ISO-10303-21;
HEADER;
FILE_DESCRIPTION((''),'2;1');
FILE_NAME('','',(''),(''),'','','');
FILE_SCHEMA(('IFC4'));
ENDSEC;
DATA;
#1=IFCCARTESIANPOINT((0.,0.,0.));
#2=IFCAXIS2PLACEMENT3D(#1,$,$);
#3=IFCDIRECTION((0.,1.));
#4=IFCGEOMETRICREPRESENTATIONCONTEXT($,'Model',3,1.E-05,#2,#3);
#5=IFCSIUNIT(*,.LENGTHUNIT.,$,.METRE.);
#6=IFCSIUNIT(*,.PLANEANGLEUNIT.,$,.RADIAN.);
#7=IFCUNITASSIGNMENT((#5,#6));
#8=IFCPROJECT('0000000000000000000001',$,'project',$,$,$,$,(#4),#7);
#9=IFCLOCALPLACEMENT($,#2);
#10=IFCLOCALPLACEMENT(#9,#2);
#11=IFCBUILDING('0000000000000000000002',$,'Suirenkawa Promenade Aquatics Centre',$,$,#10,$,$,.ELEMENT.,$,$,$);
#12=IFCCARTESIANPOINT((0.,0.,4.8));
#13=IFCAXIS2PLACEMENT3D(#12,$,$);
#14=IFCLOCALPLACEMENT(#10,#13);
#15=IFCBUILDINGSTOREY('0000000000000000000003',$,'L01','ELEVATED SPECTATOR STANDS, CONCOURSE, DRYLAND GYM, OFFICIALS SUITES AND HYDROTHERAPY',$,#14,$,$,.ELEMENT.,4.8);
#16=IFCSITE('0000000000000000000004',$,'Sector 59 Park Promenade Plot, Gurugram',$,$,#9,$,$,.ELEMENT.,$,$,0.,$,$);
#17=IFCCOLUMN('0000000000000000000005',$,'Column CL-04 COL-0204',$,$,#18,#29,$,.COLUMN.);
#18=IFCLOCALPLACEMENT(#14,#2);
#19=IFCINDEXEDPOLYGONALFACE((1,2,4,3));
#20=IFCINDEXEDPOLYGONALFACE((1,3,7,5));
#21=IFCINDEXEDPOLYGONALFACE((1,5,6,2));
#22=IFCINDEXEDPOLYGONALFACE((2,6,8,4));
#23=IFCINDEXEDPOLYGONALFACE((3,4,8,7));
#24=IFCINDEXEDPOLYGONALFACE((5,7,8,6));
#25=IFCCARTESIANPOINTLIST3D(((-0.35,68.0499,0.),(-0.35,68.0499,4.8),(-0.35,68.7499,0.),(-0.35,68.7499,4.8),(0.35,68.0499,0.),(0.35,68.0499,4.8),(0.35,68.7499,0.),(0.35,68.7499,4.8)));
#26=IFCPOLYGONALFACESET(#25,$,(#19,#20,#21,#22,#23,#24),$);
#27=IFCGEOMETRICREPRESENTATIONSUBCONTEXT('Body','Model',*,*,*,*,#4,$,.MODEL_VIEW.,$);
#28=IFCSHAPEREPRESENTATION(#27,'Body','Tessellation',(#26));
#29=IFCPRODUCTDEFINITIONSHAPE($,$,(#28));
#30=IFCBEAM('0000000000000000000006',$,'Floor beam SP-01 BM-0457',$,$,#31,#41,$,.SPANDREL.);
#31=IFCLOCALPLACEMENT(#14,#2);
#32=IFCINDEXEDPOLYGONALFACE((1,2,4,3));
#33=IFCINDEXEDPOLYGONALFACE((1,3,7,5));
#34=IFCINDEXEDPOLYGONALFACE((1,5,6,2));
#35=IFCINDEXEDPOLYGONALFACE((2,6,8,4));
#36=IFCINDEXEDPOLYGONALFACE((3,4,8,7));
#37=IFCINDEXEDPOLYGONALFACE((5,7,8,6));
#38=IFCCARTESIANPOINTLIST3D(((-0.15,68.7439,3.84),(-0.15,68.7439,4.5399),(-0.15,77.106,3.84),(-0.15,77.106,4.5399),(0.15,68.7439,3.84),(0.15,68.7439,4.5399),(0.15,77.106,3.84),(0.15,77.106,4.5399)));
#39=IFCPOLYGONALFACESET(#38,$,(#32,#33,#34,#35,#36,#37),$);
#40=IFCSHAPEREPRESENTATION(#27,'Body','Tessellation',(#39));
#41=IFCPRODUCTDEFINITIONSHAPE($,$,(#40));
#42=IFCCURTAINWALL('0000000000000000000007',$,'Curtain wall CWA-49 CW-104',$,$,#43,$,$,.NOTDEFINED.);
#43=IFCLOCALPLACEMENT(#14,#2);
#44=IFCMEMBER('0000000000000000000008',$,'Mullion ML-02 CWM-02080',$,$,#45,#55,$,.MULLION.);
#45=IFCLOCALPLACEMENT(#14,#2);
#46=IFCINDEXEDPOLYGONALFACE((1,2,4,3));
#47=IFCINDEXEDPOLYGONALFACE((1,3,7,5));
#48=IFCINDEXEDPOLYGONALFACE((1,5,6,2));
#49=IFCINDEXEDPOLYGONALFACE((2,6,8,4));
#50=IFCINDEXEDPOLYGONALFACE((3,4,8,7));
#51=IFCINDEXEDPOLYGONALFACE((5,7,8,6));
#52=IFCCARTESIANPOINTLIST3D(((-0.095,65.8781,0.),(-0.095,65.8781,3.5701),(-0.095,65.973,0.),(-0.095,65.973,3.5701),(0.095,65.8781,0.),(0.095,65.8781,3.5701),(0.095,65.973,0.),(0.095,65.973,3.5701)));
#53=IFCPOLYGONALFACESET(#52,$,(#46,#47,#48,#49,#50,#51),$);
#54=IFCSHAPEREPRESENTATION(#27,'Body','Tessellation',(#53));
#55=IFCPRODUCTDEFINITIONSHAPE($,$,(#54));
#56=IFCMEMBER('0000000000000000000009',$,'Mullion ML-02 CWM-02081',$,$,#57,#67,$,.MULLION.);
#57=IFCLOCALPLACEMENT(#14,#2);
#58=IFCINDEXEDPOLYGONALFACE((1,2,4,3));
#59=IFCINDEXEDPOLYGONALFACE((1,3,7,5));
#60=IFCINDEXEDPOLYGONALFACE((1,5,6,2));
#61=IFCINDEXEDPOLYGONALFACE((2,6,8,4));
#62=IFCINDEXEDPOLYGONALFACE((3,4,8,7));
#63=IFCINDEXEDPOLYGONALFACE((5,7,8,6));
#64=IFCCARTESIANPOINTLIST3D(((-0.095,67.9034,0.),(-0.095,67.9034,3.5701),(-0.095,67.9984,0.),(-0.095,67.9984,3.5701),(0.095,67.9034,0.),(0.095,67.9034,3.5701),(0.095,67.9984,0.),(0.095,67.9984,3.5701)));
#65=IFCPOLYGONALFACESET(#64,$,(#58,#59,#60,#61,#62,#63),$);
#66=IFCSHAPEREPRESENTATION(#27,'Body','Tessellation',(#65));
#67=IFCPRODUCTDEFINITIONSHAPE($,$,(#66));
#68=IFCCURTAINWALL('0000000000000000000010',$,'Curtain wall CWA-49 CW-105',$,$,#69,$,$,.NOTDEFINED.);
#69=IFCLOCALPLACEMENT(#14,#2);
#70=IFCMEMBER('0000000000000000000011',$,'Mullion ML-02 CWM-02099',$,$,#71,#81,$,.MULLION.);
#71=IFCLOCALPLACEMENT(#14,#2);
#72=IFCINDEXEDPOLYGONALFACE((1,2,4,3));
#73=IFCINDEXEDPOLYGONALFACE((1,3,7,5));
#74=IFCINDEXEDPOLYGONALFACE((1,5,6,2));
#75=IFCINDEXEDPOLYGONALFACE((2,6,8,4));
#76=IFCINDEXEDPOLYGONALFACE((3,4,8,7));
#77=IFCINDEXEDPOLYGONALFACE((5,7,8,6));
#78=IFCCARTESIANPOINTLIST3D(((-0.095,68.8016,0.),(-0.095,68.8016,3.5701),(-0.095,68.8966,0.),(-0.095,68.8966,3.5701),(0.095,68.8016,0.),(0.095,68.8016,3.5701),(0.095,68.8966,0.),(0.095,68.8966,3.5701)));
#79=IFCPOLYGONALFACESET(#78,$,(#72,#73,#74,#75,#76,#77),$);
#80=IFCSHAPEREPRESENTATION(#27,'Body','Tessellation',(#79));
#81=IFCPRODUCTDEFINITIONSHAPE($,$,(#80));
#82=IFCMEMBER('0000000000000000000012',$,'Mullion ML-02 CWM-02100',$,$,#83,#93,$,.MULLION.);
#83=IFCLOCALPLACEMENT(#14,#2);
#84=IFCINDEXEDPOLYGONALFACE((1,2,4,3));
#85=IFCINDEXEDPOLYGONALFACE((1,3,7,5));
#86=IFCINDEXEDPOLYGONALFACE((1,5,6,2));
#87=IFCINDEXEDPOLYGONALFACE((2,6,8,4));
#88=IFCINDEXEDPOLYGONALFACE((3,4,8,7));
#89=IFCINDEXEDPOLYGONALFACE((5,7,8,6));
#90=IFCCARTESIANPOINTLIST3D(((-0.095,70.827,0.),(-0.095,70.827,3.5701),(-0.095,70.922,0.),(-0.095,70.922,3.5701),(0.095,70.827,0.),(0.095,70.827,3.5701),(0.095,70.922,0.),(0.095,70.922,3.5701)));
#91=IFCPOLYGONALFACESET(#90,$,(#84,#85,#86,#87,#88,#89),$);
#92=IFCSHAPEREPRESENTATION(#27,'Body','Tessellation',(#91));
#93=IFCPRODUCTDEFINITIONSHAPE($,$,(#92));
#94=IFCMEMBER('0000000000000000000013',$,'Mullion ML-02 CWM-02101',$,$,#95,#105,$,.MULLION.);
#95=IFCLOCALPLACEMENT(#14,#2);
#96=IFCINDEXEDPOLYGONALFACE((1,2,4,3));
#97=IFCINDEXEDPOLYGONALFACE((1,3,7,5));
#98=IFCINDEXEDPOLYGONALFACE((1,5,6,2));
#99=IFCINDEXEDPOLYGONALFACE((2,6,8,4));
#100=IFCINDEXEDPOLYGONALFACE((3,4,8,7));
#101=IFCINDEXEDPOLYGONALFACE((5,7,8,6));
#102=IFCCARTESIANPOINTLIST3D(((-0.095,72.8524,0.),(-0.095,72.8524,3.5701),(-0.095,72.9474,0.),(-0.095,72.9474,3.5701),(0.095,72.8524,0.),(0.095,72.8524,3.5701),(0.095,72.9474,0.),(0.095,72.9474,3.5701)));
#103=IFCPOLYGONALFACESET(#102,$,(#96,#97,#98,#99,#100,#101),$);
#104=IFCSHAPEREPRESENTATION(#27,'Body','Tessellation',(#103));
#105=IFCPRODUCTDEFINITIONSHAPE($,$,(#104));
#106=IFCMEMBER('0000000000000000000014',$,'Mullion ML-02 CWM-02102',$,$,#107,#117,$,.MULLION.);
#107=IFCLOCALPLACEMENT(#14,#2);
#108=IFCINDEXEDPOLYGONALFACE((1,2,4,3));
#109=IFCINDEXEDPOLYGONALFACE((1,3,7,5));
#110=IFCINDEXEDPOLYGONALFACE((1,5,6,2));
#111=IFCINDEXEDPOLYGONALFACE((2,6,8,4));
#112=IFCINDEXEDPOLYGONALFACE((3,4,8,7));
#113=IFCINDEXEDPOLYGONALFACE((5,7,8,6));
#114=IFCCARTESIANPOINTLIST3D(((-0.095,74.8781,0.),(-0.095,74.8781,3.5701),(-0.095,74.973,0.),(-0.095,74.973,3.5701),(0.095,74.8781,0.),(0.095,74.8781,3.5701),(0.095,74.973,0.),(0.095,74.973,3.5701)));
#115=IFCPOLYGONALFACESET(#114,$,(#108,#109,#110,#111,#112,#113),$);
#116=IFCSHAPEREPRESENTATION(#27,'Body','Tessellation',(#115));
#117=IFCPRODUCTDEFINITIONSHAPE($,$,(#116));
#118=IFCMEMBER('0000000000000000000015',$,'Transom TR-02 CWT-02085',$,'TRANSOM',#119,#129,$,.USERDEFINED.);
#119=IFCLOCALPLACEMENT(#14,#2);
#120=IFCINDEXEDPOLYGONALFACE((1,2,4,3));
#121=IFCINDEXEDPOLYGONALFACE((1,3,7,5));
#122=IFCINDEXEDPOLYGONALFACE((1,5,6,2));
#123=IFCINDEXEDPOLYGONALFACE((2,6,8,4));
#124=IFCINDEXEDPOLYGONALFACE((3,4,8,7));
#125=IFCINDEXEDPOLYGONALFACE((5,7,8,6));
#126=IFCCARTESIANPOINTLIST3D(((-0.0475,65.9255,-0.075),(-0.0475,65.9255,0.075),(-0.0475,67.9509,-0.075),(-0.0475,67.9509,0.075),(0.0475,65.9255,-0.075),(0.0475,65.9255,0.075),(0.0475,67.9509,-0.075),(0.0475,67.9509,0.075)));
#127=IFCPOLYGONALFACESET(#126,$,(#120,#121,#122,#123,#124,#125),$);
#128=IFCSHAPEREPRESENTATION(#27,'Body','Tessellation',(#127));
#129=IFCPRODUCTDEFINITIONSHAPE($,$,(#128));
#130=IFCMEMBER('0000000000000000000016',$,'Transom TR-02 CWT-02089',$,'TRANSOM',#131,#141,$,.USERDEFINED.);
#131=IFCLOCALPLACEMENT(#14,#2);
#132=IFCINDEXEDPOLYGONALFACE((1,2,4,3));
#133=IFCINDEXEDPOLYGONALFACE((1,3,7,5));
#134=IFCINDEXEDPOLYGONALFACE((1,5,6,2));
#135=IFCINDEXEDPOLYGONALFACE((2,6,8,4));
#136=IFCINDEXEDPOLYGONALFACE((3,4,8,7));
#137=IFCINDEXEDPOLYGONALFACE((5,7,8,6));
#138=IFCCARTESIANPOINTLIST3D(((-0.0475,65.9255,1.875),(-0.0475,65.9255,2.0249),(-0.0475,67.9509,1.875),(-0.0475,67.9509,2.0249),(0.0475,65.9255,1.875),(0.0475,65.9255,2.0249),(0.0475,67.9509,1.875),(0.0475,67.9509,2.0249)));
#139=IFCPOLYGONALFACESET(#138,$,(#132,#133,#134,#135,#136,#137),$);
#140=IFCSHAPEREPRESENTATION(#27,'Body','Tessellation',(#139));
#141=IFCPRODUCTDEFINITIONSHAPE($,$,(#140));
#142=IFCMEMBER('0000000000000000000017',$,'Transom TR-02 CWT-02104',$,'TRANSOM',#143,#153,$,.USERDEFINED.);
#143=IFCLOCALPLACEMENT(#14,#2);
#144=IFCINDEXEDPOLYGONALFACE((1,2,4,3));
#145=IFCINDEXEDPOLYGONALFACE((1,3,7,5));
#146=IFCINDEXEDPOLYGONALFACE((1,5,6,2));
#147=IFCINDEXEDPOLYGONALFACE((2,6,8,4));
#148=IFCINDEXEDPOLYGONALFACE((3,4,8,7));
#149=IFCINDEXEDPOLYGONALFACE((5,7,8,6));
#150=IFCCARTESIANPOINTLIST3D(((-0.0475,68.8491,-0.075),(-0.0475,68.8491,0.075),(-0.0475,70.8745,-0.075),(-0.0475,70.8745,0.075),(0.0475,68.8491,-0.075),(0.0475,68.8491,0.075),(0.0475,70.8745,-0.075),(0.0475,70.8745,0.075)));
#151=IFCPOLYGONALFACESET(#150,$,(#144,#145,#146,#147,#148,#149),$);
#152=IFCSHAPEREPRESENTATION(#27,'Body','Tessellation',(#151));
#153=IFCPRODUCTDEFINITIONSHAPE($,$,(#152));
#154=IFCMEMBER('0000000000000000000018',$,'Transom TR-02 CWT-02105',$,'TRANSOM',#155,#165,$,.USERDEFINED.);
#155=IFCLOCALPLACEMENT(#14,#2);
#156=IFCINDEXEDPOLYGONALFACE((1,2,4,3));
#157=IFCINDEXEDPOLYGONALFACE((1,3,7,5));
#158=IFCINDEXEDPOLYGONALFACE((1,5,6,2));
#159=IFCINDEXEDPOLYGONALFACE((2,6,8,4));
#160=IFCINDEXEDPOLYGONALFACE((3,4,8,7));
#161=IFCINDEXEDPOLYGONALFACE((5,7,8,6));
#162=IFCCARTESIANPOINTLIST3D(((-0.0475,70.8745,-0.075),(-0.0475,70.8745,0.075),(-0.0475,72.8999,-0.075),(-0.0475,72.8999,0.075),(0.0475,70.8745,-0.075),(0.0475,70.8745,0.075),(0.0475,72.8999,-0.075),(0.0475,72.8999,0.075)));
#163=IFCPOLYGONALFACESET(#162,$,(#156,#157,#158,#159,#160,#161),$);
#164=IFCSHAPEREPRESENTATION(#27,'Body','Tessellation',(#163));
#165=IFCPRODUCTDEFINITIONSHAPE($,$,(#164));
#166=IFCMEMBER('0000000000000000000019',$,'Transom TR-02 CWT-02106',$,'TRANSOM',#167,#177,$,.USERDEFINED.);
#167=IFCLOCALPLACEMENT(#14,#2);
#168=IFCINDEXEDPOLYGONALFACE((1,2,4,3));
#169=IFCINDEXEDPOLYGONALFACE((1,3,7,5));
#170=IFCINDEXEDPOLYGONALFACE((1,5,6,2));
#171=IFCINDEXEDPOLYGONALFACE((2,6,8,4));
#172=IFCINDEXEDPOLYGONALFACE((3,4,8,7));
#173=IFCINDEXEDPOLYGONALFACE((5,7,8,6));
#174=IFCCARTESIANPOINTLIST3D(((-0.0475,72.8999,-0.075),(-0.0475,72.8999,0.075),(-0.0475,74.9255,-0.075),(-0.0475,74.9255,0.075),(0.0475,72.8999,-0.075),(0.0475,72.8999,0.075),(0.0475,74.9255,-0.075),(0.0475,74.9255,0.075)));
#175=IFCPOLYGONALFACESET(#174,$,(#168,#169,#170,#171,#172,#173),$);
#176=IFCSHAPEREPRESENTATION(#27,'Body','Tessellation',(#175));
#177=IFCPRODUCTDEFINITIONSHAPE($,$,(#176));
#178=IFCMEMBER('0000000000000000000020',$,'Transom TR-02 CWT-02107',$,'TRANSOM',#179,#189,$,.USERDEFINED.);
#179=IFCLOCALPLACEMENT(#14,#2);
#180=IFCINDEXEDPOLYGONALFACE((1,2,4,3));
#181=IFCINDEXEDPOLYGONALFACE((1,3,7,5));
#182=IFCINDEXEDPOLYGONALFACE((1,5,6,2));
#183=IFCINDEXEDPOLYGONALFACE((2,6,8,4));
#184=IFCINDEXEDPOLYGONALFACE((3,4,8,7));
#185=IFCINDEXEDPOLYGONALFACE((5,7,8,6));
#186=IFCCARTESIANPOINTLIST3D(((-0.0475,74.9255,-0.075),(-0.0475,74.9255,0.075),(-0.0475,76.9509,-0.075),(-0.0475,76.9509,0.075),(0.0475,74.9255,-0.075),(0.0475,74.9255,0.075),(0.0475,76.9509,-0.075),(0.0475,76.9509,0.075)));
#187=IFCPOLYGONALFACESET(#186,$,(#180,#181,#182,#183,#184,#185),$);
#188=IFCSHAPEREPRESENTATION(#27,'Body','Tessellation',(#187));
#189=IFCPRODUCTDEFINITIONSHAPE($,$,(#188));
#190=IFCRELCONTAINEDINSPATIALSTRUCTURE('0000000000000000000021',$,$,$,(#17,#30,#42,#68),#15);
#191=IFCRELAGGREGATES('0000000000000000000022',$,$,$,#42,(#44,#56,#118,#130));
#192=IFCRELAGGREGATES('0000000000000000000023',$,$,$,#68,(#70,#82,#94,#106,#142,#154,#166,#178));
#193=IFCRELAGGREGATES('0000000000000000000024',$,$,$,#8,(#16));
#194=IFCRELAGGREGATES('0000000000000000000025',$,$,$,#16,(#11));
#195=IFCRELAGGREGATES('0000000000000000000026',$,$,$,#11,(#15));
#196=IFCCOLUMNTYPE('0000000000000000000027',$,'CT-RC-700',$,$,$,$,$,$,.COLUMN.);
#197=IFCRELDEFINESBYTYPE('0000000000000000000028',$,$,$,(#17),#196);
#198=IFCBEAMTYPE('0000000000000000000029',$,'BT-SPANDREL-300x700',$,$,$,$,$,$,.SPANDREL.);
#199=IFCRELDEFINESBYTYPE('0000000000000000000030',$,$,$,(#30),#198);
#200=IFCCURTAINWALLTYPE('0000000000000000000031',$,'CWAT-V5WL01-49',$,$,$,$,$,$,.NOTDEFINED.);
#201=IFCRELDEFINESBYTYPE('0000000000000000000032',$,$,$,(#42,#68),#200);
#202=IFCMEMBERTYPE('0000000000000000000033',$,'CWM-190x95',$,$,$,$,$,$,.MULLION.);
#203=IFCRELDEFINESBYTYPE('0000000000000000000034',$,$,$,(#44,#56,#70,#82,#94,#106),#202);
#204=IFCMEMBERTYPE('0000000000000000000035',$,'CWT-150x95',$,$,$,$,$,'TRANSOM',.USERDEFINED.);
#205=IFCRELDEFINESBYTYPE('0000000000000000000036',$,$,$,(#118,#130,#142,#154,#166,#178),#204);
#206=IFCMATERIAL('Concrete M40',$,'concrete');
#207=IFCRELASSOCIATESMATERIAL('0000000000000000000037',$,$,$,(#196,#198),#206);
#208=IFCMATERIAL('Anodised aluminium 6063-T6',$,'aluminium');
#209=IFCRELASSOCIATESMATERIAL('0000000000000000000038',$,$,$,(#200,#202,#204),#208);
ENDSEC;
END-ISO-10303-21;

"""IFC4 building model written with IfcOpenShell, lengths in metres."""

from ifc_helpers import new_model, si_unit, direction, frame, origin, origin_2d, place, context, subcontext, project, spatial, rectangle, extrude, material, material_profile, profile_set, type_object, element, aggregate, save


model = new_model("IFC4")

# Units and contexts
model_context = context("Model", 3, precision=1e-05, world=origin(), true_north=direction((0.0, 1.0)))
body_context = subcontext(model_context, "Body", "Model", "MODEL_VIEW")
ifc_project = project(units=[si_unit("LENGTHUNIT", "METRE"), si_unit("PLANEANGLEUNIT", "RADIAN")], contexts=[model_context])

# Site, building, storey
site_placement = place(None, origin())
site = spatial("IfcSite", under=ifc_project, at=site_placement, Name="Sector 59 Park Promenade Plot, Gurugram", CompositionType="ELEMENT", RefElevation=0.0)
building_placement = place(site_placement, origin())
building = spatial("IfcBuilding", under=site, at=building_placement, Name="Suirenkawa Promenade Aquatics Centre", CompositionType="ELEMENT")
storey_placement = place(building_placement, frame((0.0, 0.0, 4.8)))
storey = spatial("IfcBuildingStorey", under=building, at=storey_placement, Name="L01", Description="ELEVATED SPECTATOR STANDS, CONCOURSE, DRYLAND GYM, OFFICIALS SUITES AND HYDROTHERAPY", CompositionType="ELEMENT", Elevation=4.8)

# Column
ifc_material_1 = material(Name="Concrete M40", Category="concrete")
ifc_material_profile_1 = material_profile(ifc_material_1, rectangle(XDim=0.7, YDim=0.7, at=origin_2d()), Name="RC COL 700x700", Category="concrete")
ifc_profile_set_1 = profile_set([ifc_material_profile_1], Name="Concrete M40")
column_type = type_object("IfcColumnType", Name="CT-RC-700", PredefinedType="COLUMN", material=ifc_profile_set_1)
column_placement = place(storey_placement, frame((0.0, 68.3999, 0.0), z_axis=(0.0, 0.0, 1.0), x_axis=(1.0, 0.0, 0.0)))
element("IfcColumn", 1, at=column_placement, inside=storey, type_object=column_type, Name="Column CL-04 COL-0204", PredefinedType="COLUMN", context=body_context, shape_type="SweptSolid", body=[
    extrude(rectangle(XDim=0.7, YDim=0.7, at=origin_2d()), origin(), (0.0, 0.0, 1.0), 4.8),
])

# Beam
ifc_material_profile_2 = material_profile(ifc_material_1, rectangle(XDim=0.3, YDim=0.7, at=origin_2d()), Name="RC SPANDREL 300x700", Category="concrete")
ifc_profile_set_2 = profile_set([ifc_material_profile_2], Name="Concrete M40")
beam_type = type_object("IfcBeamType", Name="BT-SPANDREL-300x700", PredefinedType="SPANDREL", material=ifc_profile_set_2)
beam_placement = place(storey_placement, frame((0.0, 68.7439, 4.1899), z_axis=(0.0, 1.0, 0.0), x_axis=(-1.0, 0.0, 0.0)))
element("IfcBeam", 2, at=beam_placement, inside=storey, type_object=beam_type, Name="Floor beam SP-01 BM-0457", PredefinedType="SPANDREL", context=body_context, shape_type="SweptSolid", body=[
    extrude(rectangle(XDim=0.3, YDim=0.7, at=origin_2d()), origin(), (0.0, 0.0, 1.0), 8.3621),
])

# Curtain walls, members
ifc_material_2 = material(Name="Anodised aluminium 6063-T6", Category="aluminium")
curtain_wall_type = type_object("IfcCurtainWallType", Name="CWAT-V5WL01-49", PredefinedType="NOTDEFINED", material=ifc_material_2)
curtain_wall_1_placement = place(storey_placement, origin())
curtain_wall_1 = element("IfcCurtainWall", 3, at=curtain_wall_1_placement, inside=storey, type_object=curtain_wall_type, Name="Curtain wall CWA-49 CW-104", PredefinedType="NOTDEFINED")
ifc_material_profile_3 = material_profile(ifc_material_2, rectangle(XDim=0.095, YDim=0.1899, at=origin_2d()), Name="ALU MULL 95x190", Category="aluminium")
ifc_profile_set_3 = profile_set([ifc_material_profile_3], Name="Anodised aluminium 6063-T6")
member_type_1 = type_object("IfcMemberType", Name="CWM-190x95", PredefinedType="MULLION", material=ifc_profile_set_3)
member_1_placement = place(storey_placement, frame((0.0, 65.9255, 0.0), z_axis=(0.0, 0.0, 1.0), x_axis=(0.0, 1.0, 0.0)))
member_1 = element("IfcMember", 4, at=member_1_placement, type_object=member_type_1, Name="Mullion ML-02 CWM-02080", PredefinedType="MULLION", context=body_context, shape_type="SweptSolid", body=[
    extrude(rectangle(XDim=0.095, YDim=0.1899, at=origin_2d()), origin(), (0.0, 0.0, 1.0), 3.5701),
])
member_2_placement = place(storey_placement, frame((0.0, 67.9509, 0.0), z_axis=(0.0, 0.0, 1.0), x_axis=(0.0, 1.0, 0.0)))
member_2 = element("IfcMember", 5, at=member_2_placement, type_object=member_type_1, Name="Mullion ML-02 CWM-02081", PredefinedType="MULLION", context=body_context, shape_type="SweptSolid", body=[
    extrude(rectangle(XDim=0.095, YDim=0.1899, at=origin_2d()), origin(), (0.0, 0.0, 1.0), 3.5701),
])
curtain_wall_2_placement = place(storey_placement, origin())
curtain_wall_2 = element("IfcCurtainWall", 6, at=curtain_wall_2_placement, inside=storey, type_object=curtain_wall_type, Name="Curtain wall CWA-49 CW-105", PredefinedType="NOTDEFINED")
member_3_placement = place(storey_placement, frame((0.0, 68.8491, 0.0), z_axis=(0.0, 0.0, 1.0), x_axis=(0.0, 1.0, 0.0)))
member_3 = element("IfcMember", 7, at=member_3_placement, type_object=member_type_1, Name="Mullion ML-02 CWM-02099", PredefinedType="MULLION", context=body_context, shape_type="SweptSolid", body=[
    extrude(rectangle(XDim=0.095, YDim=0.1899, at=origin_2d()), origin(), (0.0, 0.0, 1.0), 3.5701),
])
member_4_placement = place(storey_placement, frame((0.0, 70.8745, 0.0), z_axis=(0.0, 0.0, 1.0), x_axis=(0.0, 1.0, 0.0)))
member_4 = element("IfcMember", 8, at=member_4_placement, type_object=member_type_1, Name="Mullion ML-02 CWM-02100", PredefinedType="MULLION", context=body_context, shape_type="SweptSolid", body=[
    extrude(rectangle(XDim=0.095, YDim=0.1899, at=origin_2d()), origin(), (0.0, 0.0, 1.0), 3.5701),
])
member_5_placement = place(storey_placement, frame((0.0, 72.8999, 0.0), z_axis=(0.0, 0.0, 1.0), x_axis=(0.0, 1.0, 0.0)))
member_5 = element("IfcMember", 9, at=member_5_placement, type_object=member_type_1, Name="Mullion ML-02 CWM-02101", PredefinedType="MULLION", context=body_context, shape_type="SweptSolid", body=[
    extrude(rectangle(XDim=0.095, YDim=0.1899, at=origin_2d()), origin(), (0.0, 0.0, 1.0), 3.5701),
])
member_6_placement = place(storey_placement, frame((0.0, 74.9255, 0.0), z_axis=(0.0, 0.0, 1.0), x_axis=(0.0, 1.0, 0.0)))
member_6 = element("IfcMember", 10, at=member_6_placement, type_object=member_type_1, Name="Mullion ML-02 CWM-02102", PredefinedType="MULLION", context=body_context, shape_type="SweptSolid", body=[
    extrude(rectangle(XDim=0.095, YDim=0.1899, at=origin_2d()), origin(), (0.0, 0.0, 1.0), 3.5701),
])

# Members
ifc_material_profile_4 = material_profile(ifc_material_2, rectangle(XDim=0.095, YDim=0.1499, at=origin_2d()), Name="ALU TRAN 95x150", Category="aluminium")
ifc_profile_set_4 = profile_set([ifc_material_profile_4], Name="Anodised aluminium 6063-T6")
member_type_2 = type_object("IfcMemberType", Name="CWT-150x95", ElementType="TRANSOM", PredefinedType="USERDEFINED", material=ifc_profile_set_4)
member_7_placement = place(storey_placement, frame((0.0, 65.9255, 0.0), z_axis=(0.0, 1.0, 0.0), x_axis=(-1.0, 0.0, 0.0)))
member_7 = element("IfcMember", 11, at=member_7_placement, type_object=member_type_2, Name="Transom TR-02 CWT-02085", ObjectType="TRANSOM", PredefinedType="USERDEFINED", context=body_context, shape_type="SweptSolid", body=[
    extrude(rectangle(XDim=0.095, YDim=0.1499, at=origin_2d()), origin(), (0.0, 0.0, 1.0), 2.0254),
])
member_8_placement = place(storey_placement, frame((0.0, 65.9255, 1.95), z_axis=(0.0, 1.0, 0.0), x_axis=(-1.0, 0.0, 0.0)))
member_8 = element("IfcMember", 12, at=member_8_placement, type_object=member_type_2, Name="Transom TR-02 CWT-02089", ObjectType="TRANSOM", PredefinedType="USERDEFINED", context=body_context, shape_type="SweptSolid", body=[
    extrude(rectangle(XDim=0.095, YDim=0.1499, at=origin_2d()), origin(), (0.0, 0.0, 1.0), 2.0254),
])
member_9_placement = place(storey_placement, frame((0.0, 68.8491, 0.0), z_axis=(0.0, 1.0, 0.0), x_axis=(-1.0, 0.0, 0.0)))
member_9 = element("IfcMember", 13, at=member_9_placement, type_object=member_type_2, Name="Transom TR-02 CWT-02104", ObjectType="TRANSOM", PredefinedType="USERDEFINED", context=body_context, shape_type="SweptSolid", body=[
    extrude(rectangle(XDim=0.095, YDim=0.1499, at=origin_2d()), origin(), (0.0, 0.0, 1.0), 2.0254),
])
member_10_placement = place(storey_placement, frame((0.0, 70.8745, 0.0), z_axis=(0.0, 1.0, 0.0), x_axis=(-1.0, 0.0, 0.0)))
member_10 = element("IfcMember", 14, at=member_10_placement, type_object=member_type_2, Name="Transom TR-02 CWT-02105", ObjectType="TRANSOM", PredefinedType="USERDEFINED", context=body_context, shape_type="SweptSolid", body=[
    extrude(rectangle(XDim=0.095, YDim=0.1499, at=origin_2d()), origin(), (0.0, 0.0, 1.0), 2.0254),
])
member_11_placement = place(storey_placement, frame((0.0, 72.8999, 0.0), z_axis=(0.0, 1.0, 0.0), x_axis=(-1.0, 0.0, 0.0)))
member_11 = element("IfcMember", 15, at=member_11_placement, type_object=member_type_2, Name="Transom TR-02 CWT-02106", ObjectType="TRANSOM", PredefinedType="USERDEFINED", context=body_context, shape_type="SweptSolid", body=[
    extrude(rectangle(XDim=0.095, YDim=0.1499, at=origin_2d()), origin(), (0.0, 0.0, 1.0), 2.0256),
])
member_12_placement = place(storey_placement, frame((0.0, 74.9255, 0.0), z_axis=(0.0, 1.0, 0.0), x_axis=(-1.0, 0.0, 0.0)))
member_12 = element("IfcMember", 16, at=member_12_placement, type_object=member_type_2, Name="Transom TR-02 CWT-02107", ObjectType="TRANSOM", PredefinedType="USERDEFINED", context=body_context, shape_type="SweptSolid", body=[
    extrude(rectangle(XDim=0.095, YDim=0.1499, at=origin_2d()), origin(), (0.0, 0.0, 1.0), 2.0254),
])

aggregate(curtain_wall_1, [member_1, member_2, member_7, member_8])
aggregate(curtain_wall_2, [member_3, member_4, member_5, member_6, member_9, member_10, member_11, member_12])

save(model, "model.ifc")
